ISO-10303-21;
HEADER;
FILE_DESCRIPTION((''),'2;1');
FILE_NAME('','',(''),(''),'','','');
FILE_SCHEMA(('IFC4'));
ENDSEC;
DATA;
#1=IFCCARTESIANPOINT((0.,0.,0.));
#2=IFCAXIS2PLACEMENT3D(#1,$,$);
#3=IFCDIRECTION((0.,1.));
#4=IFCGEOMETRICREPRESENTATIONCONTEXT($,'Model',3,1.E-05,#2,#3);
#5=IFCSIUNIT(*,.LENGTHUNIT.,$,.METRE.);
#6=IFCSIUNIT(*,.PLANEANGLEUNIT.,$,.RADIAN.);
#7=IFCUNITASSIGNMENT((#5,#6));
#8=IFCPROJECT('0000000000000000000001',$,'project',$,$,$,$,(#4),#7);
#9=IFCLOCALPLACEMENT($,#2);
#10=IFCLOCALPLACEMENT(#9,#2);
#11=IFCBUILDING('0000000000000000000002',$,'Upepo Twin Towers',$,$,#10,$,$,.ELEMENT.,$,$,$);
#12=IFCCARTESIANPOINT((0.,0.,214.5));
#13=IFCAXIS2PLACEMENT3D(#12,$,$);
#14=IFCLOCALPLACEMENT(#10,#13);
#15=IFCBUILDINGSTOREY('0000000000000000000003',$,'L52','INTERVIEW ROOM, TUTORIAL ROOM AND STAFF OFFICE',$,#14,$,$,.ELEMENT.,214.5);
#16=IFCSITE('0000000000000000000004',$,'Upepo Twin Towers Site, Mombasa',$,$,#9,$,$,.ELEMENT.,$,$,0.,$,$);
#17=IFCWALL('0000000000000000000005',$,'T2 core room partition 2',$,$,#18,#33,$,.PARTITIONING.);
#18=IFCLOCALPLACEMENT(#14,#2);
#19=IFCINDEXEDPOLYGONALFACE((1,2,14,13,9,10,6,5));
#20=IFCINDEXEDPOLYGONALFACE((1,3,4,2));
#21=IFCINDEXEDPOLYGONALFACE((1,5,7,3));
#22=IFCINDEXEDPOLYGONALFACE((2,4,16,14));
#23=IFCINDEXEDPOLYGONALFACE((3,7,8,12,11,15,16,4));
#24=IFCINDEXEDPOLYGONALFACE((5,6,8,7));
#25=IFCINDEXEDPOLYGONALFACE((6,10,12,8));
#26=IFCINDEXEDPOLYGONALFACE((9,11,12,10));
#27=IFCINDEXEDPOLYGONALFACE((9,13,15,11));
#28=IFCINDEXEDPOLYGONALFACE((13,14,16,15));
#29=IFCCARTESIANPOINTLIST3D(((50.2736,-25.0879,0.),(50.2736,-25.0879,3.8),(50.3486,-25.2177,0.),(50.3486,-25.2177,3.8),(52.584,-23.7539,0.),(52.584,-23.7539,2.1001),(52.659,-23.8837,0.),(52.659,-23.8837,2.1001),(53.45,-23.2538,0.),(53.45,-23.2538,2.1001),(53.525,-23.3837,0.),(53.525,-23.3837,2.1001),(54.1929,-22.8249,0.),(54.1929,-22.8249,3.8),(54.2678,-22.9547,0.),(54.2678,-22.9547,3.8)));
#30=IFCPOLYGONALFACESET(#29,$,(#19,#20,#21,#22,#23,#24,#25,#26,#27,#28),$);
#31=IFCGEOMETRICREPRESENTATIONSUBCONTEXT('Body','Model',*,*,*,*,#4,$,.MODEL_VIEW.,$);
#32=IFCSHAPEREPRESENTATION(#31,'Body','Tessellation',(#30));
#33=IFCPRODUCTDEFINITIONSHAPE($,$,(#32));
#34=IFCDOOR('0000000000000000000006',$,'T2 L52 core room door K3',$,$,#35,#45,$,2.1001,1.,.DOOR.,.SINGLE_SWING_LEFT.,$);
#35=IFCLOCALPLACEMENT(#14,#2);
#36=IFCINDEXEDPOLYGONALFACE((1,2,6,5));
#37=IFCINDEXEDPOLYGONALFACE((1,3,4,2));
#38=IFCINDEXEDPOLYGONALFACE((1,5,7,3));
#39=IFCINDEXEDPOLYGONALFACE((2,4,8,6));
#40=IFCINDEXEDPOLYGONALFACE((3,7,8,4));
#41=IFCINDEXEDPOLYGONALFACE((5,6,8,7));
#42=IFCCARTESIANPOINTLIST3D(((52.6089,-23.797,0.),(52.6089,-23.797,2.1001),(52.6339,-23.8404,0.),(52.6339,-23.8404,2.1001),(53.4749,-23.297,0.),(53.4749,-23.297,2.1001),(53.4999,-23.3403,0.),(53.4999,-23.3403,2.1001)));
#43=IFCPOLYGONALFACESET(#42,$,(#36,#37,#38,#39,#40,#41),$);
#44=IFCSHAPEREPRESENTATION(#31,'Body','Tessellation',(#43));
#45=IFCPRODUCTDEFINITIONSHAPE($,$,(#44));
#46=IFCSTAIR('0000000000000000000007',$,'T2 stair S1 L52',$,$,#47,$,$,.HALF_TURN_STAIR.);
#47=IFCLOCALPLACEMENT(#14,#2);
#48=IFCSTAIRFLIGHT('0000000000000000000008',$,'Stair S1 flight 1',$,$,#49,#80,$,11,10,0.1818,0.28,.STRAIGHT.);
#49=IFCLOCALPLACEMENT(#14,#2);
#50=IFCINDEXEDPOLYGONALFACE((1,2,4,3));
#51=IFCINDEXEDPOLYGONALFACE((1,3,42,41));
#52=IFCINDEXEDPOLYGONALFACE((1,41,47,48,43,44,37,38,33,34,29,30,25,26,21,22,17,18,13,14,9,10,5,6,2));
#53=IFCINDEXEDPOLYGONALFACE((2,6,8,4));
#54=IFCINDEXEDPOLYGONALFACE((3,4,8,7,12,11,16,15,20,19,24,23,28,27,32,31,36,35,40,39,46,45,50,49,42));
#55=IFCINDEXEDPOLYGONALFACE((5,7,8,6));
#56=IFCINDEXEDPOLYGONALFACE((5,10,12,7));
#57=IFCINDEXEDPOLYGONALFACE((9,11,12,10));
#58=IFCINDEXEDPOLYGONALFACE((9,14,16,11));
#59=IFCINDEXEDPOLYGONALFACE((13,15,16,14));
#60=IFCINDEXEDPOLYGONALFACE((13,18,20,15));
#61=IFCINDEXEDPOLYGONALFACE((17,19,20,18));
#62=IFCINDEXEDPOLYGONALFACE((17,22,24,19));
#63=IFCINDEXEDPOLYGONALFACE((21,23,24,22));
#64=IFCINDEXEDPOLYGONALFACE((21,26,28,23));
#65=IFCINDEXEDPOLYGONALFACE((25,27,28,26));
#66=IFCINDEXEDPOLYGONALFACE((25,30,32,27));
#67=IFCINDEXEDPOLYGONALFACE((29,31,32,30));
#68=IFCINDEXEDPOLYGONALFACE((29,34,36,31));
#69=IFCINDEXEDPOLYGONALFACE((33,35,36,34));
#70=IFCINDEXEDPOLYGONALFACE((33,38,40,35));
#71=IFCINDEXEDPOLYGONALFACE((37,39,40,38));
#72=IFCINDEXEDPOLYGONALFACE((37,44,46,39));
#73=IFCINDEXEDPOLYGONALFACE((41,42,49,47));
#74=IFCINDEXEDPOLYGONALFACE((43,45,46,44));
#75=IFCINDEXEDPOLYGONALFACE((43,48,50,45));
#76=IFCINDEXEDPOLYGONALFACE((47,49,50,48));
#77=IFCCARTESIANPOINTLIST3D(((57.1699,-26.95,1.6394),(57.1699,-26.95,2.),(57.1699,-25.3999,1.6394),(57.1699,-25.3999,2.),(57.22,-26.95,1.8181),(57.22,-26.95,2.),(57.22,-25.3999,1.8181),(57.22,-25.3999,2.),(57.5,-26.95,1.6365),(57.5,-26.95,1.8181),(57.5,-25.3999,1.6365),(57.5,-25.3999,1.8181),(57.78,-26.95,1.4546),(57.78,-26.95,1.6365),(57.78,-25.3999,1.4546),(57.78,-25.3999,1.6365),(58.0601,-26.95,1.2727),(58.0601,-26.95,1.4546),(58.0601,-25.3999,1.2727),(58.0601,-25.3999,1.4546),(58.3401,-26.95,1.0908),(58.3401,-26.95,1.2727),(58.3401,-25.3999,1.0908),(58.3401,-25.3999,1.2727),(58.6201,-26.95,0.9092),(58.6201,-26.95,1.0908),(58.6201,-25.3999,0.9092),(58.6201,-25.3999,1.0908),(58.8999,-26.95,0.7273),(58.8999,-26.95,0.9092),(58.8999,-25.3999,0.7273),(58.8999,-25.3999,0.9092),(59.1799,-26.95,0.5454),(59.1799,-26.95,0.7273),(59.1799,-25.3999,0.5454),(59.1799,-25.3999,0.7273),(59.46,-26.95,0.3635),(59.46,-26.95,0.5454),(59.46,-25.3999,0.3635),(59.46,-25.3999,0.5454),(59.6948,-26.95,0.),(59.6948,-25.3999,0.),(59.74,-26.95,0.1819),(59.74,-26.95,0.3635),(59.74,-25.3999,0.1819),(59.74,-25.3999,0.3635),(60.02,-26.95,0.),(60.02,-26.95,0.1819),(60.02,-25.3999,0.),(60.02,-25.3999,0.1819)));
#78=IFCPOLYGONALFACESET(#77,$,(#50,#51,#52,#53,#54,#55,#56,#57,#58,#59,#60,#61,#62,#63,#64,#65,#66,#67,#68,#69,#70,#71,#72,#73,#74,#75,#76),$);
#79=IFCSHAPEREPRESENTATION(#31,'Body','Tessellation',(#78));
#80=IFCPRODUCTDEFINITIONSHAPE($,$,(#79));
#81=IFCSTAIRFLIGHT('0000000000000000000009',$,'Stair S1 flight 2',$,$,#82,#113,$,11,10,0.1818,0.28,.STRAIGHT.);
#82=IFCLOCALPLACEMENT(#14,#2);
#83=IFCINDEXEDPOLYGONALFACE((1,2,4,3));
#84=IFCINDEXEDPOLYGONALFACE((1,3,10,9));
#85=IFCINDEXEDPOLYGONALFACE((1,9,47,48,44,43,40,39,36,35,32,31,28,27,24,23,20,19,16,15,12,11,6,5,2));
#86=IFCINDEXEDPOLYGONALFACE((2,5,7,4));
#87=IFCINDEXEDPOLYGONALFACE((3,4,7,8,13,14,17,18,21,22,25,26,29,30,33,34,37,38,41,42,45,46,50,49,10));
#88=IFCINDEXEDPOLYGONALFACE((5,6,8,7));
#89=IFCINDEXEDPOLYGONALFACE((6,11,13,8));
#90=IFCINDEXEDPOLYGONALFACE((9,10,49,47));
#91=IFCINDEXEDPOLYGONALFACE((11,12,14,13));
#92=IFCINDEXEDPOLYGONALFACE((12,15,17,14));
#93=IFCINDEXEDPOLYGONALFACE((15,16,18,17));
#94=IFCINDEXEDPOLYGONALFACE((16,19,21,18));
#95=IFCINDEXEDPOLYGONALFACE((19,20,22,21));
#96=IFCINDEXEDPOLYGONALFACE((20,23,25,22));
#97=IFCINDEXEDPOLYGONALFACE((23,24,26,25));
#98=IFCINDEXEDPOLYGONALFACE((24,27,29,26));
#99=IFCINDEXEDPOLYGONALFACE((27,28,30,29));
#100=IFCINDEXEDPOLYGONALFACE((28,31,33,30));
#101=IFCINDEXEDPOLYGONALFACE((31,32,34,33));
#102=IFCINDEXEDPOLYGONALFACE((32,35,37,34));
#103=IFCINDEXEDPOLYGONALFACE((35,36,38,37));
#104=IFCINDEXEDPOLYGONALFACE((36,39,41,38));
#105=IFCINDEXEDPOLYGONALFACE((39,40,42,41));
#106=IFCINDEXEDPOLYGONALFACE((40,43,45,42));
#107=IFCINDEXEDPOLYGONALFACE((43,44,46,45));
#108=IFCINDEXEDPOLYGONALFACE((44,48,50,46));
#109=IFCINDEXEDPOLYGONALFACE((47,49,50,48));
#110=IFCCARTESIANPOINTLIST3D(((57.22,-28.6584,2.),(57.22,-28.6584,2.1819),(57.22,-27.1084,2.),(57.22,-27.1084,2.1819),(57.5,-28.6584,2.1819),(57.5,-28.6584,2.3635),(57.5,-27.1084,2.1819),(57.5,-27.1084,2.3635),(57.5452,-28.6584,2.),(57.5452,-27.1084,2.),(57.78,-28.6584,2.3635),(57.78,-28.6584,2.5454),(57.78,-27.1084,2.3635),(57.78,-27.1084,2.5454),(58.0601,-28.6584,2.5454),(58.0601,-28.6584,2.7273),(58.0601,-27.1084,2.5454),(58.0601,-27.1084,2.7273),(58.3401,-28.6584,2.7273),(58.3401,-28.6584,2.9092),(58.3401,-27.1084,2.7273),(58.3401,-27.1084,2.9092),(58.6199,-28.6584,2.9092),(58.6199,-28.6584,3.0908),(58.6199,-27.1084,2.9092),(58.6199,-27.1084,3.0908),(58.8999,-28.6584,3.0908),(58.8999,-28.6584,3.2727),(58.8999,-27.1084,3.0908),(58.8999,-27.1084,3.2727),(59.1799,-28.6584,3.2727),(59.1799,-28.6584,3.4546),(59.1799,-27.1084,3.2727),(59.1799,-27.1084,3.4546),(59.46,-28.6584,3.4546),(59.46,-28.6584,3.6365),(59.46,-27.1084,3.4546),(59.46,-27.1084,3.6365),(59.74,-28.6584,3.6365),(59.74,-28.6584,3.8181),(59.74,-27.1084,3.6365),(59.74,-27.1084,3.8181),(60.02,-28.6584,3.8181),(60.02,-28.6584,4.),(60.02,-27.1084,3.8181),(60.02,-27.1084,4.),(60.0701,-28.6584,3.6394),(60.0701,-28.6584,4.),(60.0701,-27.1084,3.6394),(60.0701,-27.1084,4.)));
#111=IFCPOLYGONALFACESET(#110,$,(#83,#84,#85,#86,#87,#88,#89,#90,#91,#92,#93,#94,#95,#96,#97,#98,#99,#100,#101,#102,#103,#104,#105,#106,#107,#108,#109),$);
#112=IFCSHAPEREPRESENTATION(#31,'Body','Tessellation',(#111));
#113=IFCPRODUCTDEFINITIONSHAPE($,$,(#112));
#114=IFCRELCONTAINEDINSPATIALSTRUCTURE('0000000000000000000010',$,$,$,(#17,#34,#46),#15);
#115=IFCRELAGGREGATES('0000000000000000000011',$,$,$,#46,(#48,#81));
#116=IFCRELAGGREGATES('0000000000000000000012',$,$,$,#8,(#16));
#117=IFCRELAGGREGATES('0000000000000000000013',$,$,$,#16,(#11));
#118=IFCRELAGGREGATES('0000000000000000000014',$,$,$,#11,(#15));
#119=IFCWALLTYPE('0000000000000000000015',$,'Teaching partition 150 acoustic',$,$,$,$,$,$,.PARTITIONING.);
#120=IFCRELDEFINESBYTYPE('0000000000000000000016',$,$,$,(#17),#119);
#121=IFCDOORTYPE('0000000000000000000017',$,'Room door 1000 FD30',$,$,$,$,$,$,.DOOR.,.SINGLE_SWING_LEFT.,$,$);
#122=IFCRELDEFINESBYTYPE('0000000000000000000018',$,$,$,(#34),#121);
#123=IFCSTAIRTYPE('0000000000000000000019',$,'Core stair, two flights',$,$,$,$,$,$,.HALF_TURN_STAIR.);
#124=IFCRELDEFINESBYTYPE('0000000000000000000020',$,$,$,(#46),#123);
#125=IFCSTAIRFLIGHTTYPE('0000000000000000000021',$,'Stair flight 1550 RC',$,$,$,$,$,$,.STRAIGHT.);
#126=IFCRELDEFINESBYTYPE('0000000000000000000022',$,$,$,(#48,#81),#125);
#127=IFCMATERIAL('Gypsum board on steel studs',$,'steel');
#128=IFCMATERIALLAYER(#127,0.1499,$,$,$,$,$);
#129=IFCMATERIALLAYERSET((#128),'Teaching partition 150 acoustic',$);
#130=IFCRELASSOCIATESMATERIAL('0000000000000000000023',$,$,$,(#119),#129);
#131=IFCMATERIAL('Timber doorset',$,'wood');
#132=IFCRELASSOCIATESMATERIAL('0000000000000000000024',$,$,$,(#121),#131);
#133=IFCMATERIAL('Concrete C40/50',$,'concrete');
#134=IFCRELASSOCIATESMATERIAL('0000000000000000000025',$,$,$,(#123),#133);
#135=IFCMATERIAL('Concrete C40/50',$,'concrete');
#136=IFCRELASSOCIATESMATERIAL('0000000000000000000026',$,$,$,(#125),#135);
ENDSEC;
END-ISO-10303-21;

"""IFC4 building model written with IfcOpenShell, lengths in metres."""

from ifc_helpers import new_model, si_unit, direction, frame, frame_2d, origin, place, context, subcontext, project, spatial, polyline, rectangle, outline, extrude, material, layer, layer_set, type_object, element, fill, aggregate, save


model = new_model("IFC4")

# Units and contexts
model_context = context("Model", 3, precision=1e-05, world=origin(), true_north=direction((0.0, 1.0)))
body_context = subcontext(model_context, "Body", "Model", "MODEL_VIEW")
ifc_project = project(units=[si_unit("LENGTHUNIT", "METRE"), si_unit("PLANEANGLEUNIT", "RADIAN")], contexts=[model_context])

# Site, building, storey
site_placement = place(None, origin())
site = spatial("IfcSite", under=ifc_project, at=site_placement, Name="Upepo Twin Towers Site, Mombasa", CompositionType="ELEMENT", RefElevation=0.0)
building_placement = place(site_placement, origin())
building = spatial("IfcBuilding", under=site, at=building_placement, Name="Upepo Twin Towers", CompositionType="ELEMENT")
storey_placement = place(building_placement, frame((0.0, 0.0, 214.5)))
storey = spatial("IfcBuildingStorey", under=building, at=storey_placement, Name="L52", Description="INTERVIEW ROOM, TUTORIAL ROOM AND STAFF OFFICE", CompositionType="ELEMENT", Elevation=214.5)

# Wall, opening, door
ifc_material_1 = material(Name="Gypsum board on steel studs", Category="steel")
ifc_layer_1 = layer(ifc_material_1, 0.1499)
ifc_layer_set_1 = layer_set([ifc_layer_1], Name="Teaching partition 150 acoustic")
wall_type_1 = type_object("IfcWallType", Name="Teaching partition 150 acoustic", PredefinedType="PARTITIONING", material=ifc_layer_set_1)
wall_1_placement = place(storey_placement, frame((54.2302, -22.8899, 0.0), z_axis=(0.0, 0.0, 1.0), x_axis=(-0.866007, -0.500032, 0.0)))
wall_1 = element("IfcWall", 1, at=wall_1_placement, inside=storey, type_object=wall_type_1, Name="T2 core room partition 2", PredefinedType="PARTITIONING", context=body_context, shape_type="SweptSolid", body=[
    extrude(rectangle(XDim=4.5256, YDim=0.1499, at=frame_2d((2.2627, 0.0))), origin(), (0.0, 0.0, 1.0), 3.8),
])
opening_1_placement = place(wall_1_placement, frame((0.8577, 0.0, 0.0)))
opening_1 = element("IfcOpeningElement", 2, at=opening_1_placement, cuts=wall_1, PredefinedType="OPENING", context=body_context, shape_type="SweptSolid", body=[
    extrude(rectangle(XDim=1.0, YDim=2.1001, at=frame_2d((0.5, 1.05))), frame((0.0, 0.085, 0.0), z_axis=(0.0, -1.0, 0.0), x_axis=(1.0, 0.0, 0.0)), (0.0, 0.0, 1.0), 0.1699),
])
ifc_material_2 = material(Name="Timber doorset", Category="wood")
door_type_1 = type_object("IfcDoorType", Name="Room door 1000 FD30", OperationType="SINGLE_SWING_LEFT", PredefinedType="DOOR", material=ifc_material_2)
door_1_placement = place(opening_1_placement, origin())
door_1 = element("IfcDoor", 3, at=door_1_placement, inside=storey, type_object=door_type_1, Name="T2 L52 core room door K3", OperationType="SINGLE_SWING_LEFT", OverallHeight=2.1001, OverallWidth=1.0, PredefinedType="DOOR", context=body_context, shape_type="SweptSolid", body=[
    extrude(rectangle(XDim=1.0, YDim=2.1001, at=frame_2d((0.5, 1.05))), frame((0.0, 0.0249, 0.0), z_axis=(0.0, -1.0, 0.0), x_axis=(1.0, 0.0, 0.0)), (0.0, 0.0, 1.0), 0.05),
])
fill(opening_1, door_1)

# Stair, stair flights
ifc_material_3 = material(Name="Concrete C40/50", Category="concrete")
stair_type = type_object("IfcStairType", Name="Core stair, two flights", PredefinedType="HALF_TURN_STAIR", material=ifc_material_3)
stair_placement = place(storey_placement, origin())
stair = element("IfcStair", 4, at=stair_placement, inside=storey, type_object=stair_type, Name="T2 stair S1 L52", PredefinedType="HALF_TURN_STAIR")
ifc_material_4 = material(Name="Concrete C40/50", Category="concrete")
stair_flight_type = type_object("IfcStairFlightType", Name="Stair flight 1550 RC", PredefinedType="STRAIGHT", material=ifc_material_4)
stair_flight_1_placement = place(storey_placement, frame((60.02, -26.175, 0.0), z_axis=(0.0, 0.0, 1.0), x_axis=(-1.0, 0.0, 0.0)))
stair_flight_1 = element("IfcStairFlight", 5, at=stair_flight_1_placement, type_object=stair_flight_type, Name="Stair S1 flight 1", NumberOfRisers=11, NumberOfTreads=10, PredefinedType="STRAIGHT", RiserHeight=0.1818, TreadLength=0.28, context=body_context, shape_type="SweptSolid", body=[
    extrude(outline(polyline([(0.0, 0.0), (0.0, 0.1819), (0.28, 0.1819), (0.28, 0.3635), (0.5601, 0.3635), (0.5601, 0.5454), (0.8401, 0.5454), (0.8401, 0.7273), (1.1201, 0.7273), (1.1201, 0.9092), (1.3999, 0.9092), (1.3999, 1.0908), (1.6799, 1.0908), (1.6799, 1.2727), (1.96, 1.2727), (1.96, 1.4546), (2.24, 1.4546), (2.24, 1.6365), (2.52, 1.6365), (2.52, 1.8181), (2.8, 1.8181), (2.8, 2.0), (2.8501, 2.0), (2.8501, 1.6394), (0.3252, 0.0), (0.0, 0.0)])), frame((0.0, 0.7749, 0.0), z_axis=(0.0, -1.0, 0.0), x_axis=(1.0, 0.0, 0.0)), (0.0, 0.0, 1.0), 1.55),
])
stair_flight_2_placement = place(storey_placement, frame((57.22, -27.8833, 2.0), z_axis=(0.0, 0.0, 1.0), x_axis=(1.0, 0.0, 0.0)))
stair_flight_2 = element("IfcStairFlight", 6, at=stair_flight_2_placement, type_object=stair_flight_type, Name="Stair S1 flight 2", NumberOfRisers=11, NumberOfTreads=10, PredefinedType="STRAIGHT", RiserHeight=0.1818, TreadLength=0.28, context=body_context, shape_type="SweptSolid", body=[
    extrude(outline(polyline([(0.0, 0.0), (0.0, 0.1819), (0.28, 0.1819), (0.28, 0.3635), (0.5601, 0.3635), (0.5601, 0.5454), (0.8401, 0.5454), (0.8401, 0.7273), (1.1201, 0.7273), (1.1201, 0.9092), (1.3999, 0.9092), (1.3999, 1.0908), (1.6799, 1.0908), (1.6799, 1.2727), (1.96, 1.2727), (1.96, 1.4546), (2.24, 1.4546), (2.24, 1.6365), (2.52, 1.6365), (2.52, 1.8181), (2.8, 1.8181), (2.8, 2.0), (2.8501, 2.0), (2.8501, 1.6394), (0.3252, 0.0), (0.0, 0.0)])), frame((0.0, 0.7749, 0.0), z_axis=(0.0, -1.0, 0.0), x_axis=(1.0, 0.0, 0.0)), (0.0, 0.0, 1.0), 1.55),
])
aggregate(stair, [stair_flight_1, stair_flight_2])

save(model, "model.ifc")
